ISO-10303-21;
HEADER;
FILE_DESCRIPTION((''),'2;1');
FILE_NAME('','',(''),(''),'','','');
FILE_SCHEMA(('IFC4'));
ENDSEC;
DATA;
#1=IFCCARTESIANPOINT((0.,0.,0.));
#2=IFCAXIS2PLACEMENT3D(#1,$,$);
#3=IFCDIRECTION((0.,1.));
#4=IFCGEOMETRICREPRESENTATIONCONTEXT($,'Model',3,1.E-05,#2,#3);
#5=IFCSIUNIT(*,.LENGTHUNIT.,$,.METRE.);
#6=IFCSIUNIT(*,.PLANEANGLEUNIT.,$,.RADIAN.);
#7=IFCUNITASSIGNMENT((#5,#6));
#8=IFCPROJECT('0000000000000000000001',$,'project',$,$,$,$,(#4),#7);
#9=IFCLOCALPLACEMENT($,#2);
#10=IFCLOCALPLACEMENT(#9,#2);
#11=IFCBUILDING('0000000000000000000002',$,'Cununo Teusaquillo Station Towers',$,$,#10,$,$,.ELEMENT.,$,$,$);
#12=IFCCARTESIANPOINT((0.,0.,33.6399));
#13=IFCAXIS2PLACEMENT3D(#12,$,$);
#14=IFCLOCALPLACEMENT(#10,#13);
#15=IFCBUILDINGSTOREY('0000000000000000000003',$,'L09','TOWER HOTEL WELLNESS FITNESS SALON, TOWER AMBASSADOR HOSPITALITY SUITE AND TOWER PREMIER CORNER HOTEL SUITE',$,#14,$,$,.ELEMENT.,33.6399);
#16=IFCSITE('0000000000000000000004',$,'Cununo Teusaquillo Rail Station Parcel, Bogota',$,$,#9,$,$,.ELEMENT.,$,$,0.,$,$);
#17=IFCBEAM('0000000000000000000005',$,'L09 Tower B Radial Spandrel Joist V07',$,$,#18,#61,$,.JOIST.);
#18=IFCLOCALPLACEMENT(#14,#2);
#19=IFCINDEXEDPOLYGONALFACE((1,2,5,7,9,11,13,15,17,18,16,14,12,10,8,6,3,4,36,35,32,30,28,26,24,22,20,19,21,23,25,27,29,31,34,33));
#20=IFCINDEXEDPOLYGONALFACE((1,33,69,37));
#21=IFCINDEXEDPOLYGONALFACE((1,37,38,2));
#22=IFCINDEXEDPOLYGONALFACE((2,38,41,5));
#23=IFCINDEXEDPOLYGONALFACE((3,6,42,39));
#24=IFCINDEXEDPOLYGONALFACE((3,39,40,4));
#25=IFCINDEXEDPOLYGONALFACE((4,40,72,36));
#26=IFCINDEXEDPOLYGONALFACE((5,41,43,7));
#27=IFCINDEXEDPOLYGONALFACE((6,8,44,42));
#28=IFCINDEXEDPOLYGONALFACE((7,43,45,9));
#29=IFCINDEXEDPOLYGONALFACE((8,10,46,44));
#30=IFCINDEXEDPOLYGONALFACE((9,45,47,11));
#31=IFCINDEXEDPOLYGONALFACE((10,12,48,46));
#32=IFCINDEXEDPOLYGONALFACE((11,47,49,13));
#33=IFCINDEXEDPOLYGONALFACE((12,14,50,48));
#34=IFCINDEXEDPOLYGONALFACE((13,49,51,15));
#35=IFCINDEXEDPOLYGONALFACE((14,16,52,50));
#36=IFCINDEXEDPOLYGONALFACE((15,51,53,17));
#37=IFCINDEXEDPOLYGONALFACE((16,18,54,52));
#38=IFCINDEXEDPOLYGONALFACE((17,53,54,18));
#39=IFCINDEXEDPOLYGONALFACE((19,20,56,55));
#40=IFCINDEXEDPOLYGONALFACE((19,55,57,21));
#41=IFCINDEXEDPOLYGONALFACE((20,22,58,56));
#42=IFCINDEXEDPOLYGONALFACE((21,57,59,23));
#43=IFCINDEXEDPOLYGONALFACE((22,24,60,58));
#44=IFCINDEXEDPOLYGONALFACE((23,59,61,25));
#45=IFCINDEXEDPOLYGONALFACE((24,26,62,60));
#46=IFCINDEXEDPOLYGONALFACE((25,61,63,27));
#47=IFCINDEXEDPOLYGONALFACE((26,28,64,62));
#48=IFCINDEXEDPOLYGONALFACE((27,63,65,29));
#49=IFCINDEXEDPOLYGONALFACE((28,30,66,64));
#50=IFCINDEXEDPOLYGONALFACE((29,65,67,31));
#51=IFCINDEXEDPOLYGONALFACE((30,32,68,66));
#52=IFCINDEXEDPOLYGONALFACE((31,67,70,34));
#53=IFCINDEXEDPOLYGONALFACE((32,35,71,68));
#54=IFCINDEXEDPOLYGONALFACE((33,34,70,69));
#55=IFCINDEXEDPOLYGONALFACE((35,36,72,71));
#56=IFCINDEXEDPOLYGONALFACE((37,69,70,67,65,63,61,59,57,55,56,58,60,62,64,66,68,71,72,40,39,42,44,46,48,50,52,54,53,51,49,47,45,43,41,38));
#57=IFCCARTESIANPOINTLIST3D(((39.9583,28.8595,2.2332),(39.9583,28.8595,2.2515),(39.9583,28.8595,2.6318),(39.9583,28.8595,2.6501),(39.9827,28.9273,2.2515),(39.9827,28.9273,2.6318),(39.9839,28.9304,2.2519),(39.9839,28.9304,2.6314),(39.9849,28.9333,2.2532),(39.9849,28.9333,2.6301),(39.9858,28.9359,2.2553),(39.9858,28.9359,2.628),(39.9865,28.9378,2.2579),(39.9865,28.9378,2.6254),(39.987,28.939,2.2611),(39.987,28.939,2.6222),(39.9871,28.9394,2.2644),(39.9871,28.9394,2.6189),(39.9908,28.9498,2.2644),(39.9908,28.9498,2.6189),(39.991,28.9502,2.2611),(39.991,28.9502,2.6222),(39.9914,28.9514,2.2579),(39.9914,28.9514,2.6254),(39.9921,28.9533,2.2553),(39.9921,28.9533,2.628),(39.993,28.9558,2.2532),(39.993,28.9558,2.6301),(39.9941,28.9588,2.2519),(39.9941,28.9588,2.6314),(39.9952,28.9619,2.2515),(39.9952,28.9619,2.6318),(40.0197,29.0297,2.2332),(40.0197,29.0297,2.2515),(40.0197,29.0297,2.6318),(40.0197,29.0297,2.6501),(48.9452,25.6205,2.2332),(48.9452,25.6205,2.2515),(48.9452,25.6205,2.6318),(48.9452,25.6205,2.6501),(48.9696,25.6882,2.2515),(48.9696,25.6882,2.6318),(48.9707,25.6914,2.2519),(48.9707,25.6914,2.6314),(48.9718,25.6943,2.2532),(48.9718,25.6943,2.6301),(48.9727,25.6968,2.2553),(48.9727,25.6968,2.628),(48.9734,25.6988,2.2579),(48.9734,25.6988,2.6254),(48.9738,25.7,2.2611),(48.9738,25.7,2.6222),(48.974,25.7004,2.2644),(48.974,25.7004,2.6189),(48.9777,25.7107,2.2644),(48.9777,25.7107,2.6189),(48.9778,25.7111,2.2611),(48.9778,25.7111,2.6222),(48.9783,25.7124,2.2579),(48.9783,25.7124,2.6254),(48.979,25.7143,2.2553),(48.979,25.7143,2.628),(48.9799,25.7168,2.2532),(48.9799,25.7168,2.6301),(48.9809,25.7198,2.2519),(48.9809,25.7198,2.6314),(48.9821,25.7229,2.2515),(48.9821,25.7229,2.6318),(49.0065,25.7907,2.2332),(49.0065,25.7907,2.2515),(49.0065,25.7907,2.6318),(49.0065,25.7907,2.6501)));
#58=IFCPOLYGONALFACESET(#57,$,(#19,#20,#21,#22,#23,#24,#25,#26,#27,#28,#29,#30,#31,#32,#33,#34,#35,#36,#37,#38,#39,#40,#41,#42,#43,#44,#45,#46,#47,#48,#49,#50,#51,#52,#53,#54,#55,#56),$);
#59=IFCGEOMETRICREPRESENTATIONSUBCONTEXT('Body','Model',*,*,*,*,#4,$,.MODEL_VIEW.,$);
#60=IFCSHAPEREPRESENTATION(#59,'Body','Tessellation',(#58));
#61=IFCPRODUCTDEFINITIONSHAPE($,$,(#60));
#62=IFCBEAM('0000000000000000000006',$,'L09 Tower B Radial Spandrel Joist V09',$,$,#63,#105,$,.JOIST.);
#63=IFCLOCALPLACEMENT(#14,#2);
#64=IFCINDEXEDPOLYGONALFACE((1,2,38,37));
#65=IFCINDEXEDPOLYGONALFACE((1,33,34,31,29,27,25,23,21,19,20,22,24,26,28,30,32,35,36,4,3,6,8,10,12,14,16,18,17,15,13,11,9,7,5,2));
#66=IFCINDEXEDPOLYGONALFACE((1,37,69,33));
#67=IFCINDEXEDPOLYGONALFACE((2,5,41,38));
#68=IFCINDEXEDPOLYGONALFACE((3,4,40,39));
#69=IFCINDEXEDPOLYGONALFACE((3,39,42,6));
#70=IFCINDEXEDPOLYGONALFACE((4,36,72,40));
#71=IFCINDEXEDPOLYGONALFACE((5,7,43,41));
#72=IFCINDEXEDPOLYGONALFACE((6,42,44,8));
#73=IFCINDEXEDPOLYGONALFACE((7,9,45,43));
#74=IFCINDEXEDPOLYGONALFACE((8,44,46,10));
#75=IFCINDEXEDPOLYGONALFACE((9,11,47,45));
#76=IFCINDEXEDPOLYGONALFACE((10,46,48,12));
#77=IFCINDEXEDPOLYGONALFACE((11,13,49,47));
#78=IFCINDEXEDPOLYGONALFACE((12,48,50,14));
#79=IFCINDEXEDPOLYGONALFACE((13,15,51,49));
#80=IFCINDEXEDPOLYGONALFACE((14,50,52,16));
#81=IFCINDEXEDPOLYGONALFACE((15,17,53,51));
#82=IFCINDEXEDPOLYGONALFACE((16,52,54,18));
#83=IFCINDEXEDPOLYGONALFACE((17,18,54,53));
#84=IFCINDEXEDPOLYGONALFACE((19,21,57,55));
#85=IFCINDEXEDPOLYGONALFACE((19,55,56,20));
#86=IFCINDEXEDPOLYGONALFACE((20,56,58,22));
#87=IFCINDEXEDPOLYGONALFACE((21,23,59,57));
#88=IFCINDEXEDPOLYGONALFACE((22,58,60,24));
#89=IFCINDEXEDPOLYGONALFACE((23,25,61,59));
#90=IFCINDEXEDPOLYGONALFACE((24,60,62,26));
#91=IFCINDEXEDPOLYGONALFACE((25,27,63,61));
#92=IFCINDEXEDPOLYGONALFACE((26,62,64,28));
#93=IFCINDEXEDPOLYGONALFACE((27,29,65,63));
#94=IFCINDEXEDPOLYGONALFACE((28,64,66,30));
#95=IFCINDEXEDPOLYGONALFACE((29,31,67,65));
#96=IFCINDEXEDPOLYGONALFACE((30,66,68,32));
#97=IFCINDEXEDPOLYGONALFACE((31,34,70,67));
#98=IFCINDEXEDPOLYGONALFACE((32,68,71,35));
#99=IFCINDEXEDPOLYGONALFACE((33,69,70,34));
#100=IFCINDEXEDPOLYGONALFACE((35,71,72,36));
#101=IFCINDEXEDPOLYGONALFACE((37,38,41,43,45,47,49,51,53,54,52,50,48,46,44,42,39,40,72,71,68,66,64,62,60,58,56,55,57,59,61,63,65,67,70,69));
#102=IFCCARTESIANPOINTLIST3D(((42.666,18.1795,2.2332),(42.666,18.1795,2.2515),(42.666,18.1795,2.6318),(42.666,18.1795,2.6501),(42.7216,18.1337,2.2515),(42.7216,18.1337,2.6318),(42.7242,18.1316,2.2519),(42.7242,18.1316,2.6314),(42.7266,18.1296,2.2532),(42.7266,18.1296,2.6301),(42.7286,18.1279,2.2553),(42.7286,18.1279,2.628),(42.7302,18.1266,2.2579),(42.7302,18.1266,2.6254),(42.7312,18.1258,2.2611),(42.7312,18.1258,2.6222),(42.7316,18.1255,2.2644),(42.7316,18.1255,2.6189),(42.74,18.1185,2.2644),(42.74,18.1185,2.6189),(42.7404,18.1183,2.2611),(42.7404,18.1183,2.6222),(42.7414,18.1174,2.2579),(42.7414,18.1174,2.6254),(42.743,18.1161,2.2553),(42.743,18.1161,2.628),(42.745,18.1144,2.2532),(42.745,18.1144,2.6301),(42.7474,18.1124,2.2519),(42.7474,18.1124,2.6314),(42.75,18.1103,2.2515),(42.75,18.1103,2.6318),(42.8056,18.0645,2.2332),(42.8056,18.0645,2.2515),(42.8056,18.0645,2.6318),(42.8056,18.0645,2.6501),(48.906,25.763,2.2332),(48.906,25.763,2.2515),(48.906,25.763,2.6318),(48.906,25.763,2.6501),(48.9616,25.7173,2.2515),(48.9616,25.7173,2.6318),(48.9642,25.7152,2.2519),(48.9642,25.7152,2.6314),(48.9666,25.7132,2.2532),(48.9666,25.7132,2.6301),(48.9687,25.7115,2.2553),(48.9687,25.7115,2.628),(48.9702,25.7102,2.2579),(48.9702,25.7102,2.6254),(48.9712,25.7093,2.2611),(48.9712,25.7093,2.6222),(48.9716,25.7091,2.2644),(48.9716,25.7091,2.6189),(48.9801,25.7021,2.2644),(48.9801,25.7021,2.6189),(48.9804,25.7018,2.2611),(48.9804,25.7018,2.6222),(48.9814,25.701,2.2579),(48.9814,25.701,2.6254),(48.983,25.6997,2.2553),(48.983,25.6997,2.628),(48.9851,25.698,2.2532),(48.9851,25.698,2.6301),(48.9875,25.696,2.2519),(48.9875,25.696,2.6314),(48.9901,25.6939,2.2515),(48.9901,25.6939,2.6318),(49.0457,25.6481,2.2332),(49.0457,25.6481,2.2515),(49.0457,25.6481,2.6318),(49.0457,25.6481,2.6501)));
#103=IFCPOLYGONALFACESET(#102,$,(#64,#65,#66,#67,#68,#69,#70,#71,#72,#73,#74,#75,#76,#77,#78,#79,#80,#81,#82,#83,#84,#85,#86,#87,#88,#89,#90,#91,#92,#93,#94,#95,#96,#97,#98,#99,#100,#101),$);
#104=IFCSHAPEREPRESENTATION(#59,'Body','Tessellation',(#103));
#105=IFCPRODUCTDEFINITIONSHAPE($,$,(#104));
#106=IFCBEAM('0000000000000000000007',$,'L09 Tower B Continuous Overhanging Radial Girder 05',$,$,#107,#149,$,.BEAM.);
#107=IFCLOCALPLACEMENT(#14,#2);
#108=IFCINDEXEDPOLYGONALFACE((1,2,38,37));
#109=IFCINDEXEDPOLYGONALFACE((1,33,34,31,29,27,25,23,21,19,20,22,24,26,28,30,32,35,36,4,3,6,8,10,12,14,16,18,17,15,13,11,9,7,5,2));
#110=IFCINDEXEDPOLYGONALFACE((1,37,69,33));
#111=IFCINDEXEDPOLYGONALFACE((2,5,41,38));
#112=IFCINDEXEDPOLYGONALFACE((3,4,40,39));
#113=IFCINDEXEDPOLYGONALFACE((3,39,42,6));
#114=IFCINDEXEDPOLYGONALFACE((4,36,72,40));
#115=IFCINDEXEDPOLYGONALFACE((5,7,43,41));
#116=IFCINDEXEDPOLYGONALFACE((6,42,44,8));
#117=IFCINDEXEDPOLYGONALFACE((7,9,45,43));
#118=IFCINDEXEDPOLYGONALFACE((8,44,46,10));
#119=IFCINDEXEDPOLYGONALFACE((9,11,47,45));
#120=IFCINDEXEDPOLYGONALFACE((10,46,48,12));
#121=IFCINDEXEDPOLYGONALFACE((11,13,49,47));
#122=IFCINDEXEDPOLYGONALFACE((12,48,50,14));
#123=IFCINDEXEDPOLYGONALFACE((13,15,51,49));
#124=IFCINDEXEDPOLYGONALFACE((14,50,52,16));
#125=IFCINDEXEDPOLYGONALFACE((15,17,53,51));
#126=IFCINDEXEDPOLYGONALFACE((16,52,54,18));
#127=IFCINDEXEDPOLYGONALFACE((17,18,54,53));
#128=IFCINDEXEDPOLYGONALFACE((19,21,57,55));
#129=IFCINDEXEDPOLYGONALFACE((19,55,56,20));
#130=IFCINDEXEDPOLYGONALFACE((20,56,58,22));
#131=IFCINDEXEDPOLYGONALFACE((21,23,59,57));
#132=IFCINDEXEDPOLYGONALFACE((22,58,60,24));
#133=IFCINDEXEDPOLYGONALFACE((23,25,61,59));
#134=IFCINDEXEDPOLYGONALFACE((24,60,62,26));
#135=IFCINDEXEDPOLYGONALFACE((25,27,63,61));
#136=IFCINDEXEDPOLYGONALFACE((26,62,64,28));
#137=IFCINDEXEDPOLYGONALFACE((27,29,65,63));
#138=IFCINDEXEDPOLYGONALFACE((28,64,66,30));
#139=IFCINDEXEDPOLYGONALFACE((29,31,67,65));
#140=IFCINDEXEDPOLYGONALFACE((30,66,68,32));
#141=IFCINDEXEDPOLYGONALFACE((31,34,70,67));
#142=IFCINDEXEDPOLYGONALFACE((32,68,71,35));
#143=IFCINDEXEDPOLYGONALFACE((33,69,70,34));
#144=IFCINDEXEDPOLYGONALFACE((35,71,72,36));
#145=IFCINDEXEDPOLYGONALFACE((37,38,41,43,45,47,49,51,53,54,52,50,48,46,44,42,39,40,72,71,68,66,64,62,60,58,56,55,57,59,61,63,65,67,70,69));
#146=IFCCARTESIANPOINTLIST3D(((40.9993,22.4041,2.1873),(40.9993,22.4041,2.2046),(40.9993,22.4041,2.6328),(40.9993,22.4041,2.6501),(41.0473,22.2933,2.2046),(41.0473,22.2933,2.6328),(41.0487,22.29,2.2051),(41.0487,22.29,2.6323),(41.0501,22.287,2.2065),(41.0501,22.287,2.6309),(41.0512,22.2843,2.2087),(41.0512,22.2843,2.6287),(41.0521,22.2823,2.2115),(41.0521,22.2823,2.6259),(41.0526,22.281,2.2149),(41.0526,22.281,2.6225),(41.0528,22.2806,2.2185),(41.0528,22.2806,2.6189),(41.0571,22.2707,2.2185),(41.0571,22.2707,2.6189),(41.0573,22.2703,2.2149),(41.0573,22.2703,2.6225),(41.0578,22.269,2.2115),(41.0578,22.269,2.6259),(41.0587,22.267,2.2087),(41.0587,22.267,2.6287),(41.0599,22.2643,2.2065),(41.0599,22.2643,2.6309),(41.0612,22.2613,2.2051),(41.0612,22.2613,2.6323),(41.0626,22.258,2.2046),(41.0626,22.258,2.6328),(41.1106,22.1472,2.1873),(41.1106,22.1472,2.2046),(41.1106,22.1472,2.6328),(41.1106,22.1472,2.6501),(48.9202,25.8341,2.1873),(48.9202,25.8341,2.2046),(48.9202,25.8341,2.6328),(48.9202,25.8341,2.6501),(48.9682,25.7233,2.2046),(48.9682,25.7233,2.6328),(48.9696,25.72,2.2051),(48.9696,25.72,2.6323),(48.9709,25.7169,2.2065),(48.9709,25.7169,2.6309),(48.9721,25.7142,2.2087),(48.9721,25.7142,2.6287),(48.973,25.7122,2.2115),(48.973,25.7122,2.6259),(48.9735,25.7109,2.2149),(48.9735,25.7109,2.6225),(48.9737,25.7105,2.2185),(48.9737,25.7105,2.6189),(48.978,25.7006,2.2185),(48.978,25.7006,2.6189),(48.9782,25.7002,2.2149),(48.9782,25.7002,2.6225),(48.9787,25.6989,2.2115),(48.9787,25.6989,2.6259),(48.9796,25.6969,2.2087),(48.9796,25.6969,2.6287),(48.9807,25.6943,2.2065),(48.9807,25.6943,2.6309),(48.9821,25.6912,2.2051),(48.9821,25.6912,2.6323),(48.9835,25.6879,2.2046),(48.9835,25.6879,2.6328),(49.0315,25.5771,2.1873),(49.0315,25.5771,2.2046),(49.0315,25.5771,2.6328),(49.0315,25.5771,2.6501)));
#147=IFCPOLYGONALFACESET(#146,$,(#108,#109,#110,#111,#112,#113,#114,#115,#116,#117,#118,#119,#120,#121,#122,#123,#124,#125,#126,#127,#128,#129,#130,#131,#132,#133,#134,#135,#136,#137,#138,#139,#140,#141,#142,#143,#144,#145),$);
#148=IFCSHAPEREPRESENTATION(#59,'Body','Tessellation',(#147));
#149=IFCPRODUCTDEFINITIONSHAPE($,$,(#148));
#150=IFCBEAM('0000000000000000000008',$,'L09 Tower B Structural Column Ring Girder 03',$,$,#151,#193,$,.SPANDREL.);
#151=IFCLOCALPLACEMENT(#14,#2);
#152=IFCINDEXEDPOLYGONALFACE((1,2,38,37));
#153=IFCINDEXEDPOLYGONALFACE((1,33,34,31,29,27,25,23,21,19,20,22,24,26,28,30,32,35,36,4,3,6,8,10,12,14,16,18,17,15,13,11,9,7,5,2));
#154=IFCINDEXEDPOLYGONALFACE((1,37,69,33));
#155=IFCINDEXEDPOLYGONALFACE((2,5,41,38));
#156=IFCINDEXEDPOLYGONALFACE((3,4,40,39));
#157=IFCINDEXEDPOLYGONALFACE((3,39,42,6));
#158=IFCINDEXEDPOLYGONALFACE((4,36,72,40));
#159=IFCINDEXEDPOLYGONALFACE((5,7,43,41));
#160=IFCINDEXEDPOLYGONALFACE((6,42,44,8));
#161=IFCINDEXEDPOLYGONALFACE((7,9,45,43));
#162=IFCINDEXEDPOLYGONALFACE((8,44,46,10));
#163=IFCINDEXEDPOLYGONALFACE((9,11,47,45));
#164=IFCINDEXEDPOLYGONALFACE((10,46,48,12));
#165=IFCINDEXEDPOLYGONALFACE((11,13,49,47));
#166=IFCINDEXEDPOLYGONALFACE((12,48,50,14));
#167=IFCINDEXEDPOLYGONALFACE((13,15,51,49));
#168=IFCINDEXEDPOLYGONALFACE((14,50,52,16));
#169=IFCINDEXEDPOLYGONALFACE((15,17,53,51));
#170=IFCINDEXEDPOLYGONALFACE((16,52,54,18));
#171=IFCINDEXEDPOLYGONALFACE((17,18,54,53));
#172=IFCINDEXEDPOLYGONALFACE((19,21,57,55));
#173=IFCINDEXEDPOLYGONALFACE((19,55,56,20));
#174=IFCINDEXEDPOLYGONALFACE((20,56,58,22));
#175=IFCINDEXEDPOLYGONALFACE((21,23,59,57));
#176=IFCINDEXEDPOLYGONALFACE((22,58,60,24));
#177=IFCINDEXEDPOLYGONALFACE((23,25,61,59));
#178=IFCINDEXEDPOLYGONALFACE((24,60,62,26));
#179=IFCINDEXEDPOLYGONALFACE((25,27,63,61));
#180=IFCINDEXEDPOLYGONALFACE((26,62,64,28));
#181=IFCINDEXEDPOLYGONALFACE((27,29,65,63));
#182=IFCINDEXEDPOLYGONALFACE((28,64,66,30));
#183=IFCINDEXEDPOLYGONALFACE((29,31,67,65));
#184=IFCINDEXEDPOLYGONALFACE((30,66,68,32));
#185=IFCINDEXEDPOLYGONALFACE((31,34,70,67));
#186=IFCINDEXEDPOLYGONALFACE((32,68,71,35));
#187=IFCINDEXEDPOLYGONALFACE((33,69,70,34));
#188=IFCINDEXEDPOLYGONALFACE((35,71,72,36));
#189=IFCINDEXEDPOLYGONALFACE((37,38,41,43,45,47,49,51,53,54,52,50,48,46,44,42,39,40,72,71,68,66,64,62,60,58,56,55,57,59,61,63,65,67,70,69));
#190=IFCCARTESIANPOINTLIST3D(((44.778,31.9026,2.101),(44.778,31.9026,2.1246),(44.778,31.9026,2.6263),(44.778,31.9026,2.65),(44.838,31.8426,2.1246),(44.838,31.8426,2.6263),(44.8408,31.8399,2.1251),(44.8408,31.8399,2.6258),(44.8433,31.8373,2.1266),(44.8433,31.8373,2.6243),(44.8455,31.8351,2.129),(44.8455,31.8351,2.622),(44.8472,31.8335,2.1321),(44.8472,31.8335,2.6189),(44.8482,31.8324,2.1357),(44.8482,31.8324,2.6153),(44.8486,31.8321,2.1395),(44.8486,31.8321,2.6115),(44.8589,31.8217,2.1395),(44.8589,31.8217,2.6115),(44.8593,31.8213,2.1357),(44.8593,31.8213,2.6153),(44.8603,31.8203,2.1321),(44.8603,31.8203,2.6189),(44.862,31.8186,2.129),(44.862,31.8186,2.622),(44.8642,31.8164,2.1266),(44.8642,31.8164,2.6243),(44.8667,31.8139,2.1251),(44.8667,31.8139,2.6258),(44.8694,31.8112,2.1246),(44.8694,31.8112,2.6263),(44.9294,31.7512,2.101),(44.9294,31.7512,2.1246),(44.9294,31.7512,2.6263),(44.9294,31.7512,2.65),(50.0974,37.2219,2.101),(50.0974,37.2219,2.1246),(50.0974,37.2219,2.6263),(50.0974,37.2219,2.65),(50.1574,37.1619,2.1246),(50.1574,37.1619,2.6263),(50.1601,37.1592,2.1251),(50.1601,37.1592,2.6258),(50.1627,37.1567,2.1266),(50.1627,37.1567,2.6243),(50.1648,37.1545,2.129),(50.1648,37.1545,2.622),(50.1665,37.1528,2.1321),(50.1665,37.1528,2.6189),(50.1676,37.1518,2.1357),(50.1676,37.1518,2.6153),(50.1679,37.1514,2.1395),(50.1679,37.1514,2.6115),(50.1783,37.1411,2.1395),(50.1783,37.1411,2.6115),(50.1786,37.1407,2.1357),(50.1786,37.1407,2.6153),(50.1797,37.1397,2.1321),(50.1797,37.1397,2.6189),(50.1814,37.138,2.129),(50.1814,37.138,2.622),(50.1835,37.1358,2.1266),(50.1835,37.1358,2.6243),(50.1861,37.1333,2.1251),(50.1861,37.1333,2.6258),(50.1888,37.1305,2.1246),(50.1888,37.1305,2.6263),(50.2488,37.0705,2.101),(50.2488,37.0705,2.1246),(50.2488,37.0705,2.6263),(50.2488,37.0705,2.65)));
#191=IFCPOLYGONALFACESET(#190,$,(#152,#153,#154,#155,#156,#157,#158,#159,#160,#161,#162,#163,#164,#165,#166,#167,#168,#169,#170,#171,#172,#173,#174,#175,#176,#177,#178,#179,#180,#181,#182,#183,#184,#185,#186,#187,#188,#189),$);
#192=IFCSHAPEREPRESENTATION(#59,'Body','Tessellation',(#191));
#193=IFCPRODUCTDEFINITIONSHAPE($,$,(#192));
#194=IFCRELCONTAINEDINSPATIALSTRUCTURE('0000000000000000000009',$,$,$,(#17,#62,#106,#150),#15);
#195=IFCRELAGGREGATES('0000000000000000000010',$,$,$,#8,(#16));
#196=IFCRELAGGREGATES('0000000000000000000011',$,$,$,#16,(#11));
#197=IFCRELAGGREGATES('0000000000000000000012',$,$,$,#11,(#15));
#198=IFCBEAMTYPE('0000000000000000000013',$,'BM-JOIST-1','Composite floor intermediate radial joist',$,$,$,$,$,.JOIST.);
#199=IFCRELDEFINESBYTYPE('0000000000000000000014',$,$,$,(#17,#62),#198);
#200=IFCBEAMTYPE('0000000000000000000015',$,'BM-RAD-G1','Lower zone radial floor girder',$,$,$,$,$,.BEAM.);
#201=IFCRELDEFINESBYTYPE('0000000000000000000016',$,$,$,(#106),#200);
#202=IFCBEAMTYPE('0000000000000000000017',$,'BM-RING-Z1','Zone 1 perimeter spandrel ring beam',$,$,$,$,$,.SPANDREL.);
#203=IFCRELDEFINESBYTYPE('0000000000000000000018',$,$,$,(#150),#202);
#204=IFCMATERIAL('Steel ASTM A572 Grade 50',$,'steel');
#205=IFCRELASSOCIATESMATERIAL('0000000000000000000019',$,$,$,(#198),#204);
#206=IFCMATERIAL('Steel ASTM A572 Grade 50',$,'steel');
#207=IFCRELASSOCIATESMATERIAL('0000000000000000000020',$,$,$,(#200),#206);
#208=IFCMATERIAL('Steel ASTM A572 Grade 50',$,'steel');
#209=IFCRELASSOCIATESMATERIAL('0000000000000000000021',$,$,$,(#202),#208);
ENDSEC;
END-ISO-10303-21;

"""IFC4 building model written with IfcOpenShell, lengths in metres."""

from ifc_helpers import new_model, si_unit, direction, frame, origin, origin_2d, place, context, subcontext, project, spatial, i_section, extrude, material, material_profile, profile_set, type_object, element, save


model = new_model("IFC4")

# Units and contexts
model_context = context("Model", 3, precision=1e-05, world=origin(), true_north=direction((0.0, 1.0)))
body_context = subcontext(model_context, "Body", "Model", "MODEL_VIEW")
ifc_project = project(units=[si_unit("LENGTHUNIT", "METRE"), si_unit("PLANEANGLEUNIT", "RADIAN")], contexts=[model_context])

# Site, building, storey
site_placement = place(None, origin())
site = spatial("IfcSite", under=ifc_project, at=site_placement, Name="Cununo Teusaquillo Rail Station Parcel, Bogota", CompositionType="ELEMENT", RefElevation=0.0)
building_placement = place(site_placement, origin())
building = spatial("IfcBuilding", under=site, at=building_placement, Name="Cununo Teusaquillo Station Towers", CompositionType="ELEMENT")
storey_placement = place(building_placement, frame((0.0, 0.0, 33.6399)))
storey = spatial("IfcBuildingStorey", under=building, at=storey_placement, Name="L09", Description="TOWER HOTEL WELLNESS FITNESS SALON, TOWER AMBASSADOR HOSPITALITY SUITE AND TOWER PREMIER CORNER HOTEL SUITE", CompositionType="ELEMENT", Elevation=33.6399)

# Beams
ifc_material_1 = material(Name="Steel ASTM A572 Grade 50", Category="steel")
ifc_material_profile_1 = material_profile(ifc_material_1, i_section(OverallWidth=0.1809, OverallDepth=0.417, WebThickness=0.011, FlangeThickness=0.0183, FilletRadius=0.0129, at=origin_2d()), Name="W16X57")
ifc_profile_set_1 = profile_set([ifc_material_profile_1], Name="Steel ASTM A572 Grade 50")
beam_type_1 = type_object("IfcBeamType", Name="BM-JOIST-1", Description="Composite floor intermediate radial joist", PredefinedType="JOIST", material=ifc_profile_set_1)
beam_1_placement = place(storey_placement, frame((48.9758, 25.7056, 2.4417), z_axis=(-0.940762, 0.339068, 0.0), x_axis=(-0.339068, -0.940762, 0.0)))
element("IfcBeam", 1, at=beam_1_placement, inside=storey, type_object=beam_type_1, Name="L09 Tower B Radial Spandrel Joist V07", PredefinedType="JOIST", context=body_context, shape_type="SweptSolid", body=[
    extrude(i_section(OverallWidth=0.1809, OverallDepth=0.417, WebThickness=0.011, FlangeThickness=0.0183, FilletRadius=0.0129, at=origin_2d()), origin(), (0.0, 0.0, 1.0), 9.5527),
])
beam_2_placement = place(storey_placement, frame((48.9758, 25.7056, 2.4417), z_axis=(-0.635389, -0.772192, 0.0), x_axis=(0.772192, -0.635389, 0.0)))
element("IfcBeam", 2, at=beam_2_placement, inside=storey, type_object=beam_type_1, Name="L09 Tower B Radial Spandrel Joist V09", PredefinedType="JOIST", context=body_context, shape_type="SweptSolid", body=[
    extrude(i_section(OverallWidth=0.1809, OverallDepth=0.417, WebThickness=0.011, FlangeThickness=0.0183, FilletRadius=0.0129, at=origin_2d()), origin(), (0.0, 0.0, 1.0), 9.8208),
])
ifc_material_2 = material(Name="Steel ASTM A572 Grade 50", Category="steel")
ifc_material_profile_2 = material_profile(ifc_material_2, i_section(OverallWidth=0.28, OverallDepth=0.4629, WebThickness=0.0107, FlangeThickness=0.0173, FilletRadius=0.0139, at=origin_2d()), Name="W18X76")
ifc_profile_set_2 = profile_set([ifc_material_profile_2], Name="Steel ASTM A572 Grade 50")
beam_type_2 = type_object("IfcBeamType", Name="BM-RAD-G1", Description="Lower zone radial floor girder", PredefinedType="BEAM", material=ifc_profile_set_2)
beam_3_placement = place(storey_placement, frame((48.9758, 25.7056, 2.4187), z_axis=(-0.917659, -0.397368, 0.0), x_axis=(0.397368, -0.917659, 0.0)))
element("IfcBeam", 3, at=beam_3_placement, inside=storey, type_object=beam_type_2, Name="L09 Tower B Continuous Overhanging Radial Girder 05", PredefinedType="BEAM", context=body_context, shape_type="SweptSolid", body=[
    extrude(i_section(OverallWidth=0.28, OverallDepth=0.4629, WebThickness=0.0107, FlangeThickness=0.0173, FilletRadius=0.0139, at=origin_2d()), origin(), (0.0, 0.0, 1.0), 8.6316),
])
ifc_material_3 = material(Name="Steel ASTM A572 Grade 50", Category="steel")
ifc_material_profile_3 = material_profile(ifc_material_3, i_section(OverallWidth=0.2141, OverallDepth=0.5491, WebThickness=0.0146, FlangeThickness=0.0237, FilletRadius=0.0149, at=origin_2d()), Name="W21X93")
ifc_profile_set_3 = profile_set([ifc_material_profile_3], Name="Steel ASTM A572 Grade 50")
beam_type_3 = type_object("IfcBeamType", Name="BM-RING-Z1", Description="Zone 1 perimeter spandrel ring beam", PredefinedType="SPANDREL", material=ifc_profile_set_3)
beam_4_placement = place(storey_placement, frame((50.1731, 37.1462, 2.3755), z_axis=(-0.707107, -0.707107, 0.0), x_axis=(0.707107, -0.707107, 0.0)))
element("IfcBeam", 4, at=beam_4_placement, inside=storey, type_object=beam_type_3, Name="L09 Tower B Structural Column Ring Girder 03", PredefinedType="SPANDREL", context=body_context, shape_type="SweptSolid", body=[
    extrude(i_section(OverallWidth=0.2141, OverallDepth=0.5491, WebThickness=0.0146, FlangeThickness=0.0237, FilletRadius=0.0149, at=origin_2d()), origin(), (0.0, 0.0, 1.0), 7.5227),
])

save(model, "model.ifc")
